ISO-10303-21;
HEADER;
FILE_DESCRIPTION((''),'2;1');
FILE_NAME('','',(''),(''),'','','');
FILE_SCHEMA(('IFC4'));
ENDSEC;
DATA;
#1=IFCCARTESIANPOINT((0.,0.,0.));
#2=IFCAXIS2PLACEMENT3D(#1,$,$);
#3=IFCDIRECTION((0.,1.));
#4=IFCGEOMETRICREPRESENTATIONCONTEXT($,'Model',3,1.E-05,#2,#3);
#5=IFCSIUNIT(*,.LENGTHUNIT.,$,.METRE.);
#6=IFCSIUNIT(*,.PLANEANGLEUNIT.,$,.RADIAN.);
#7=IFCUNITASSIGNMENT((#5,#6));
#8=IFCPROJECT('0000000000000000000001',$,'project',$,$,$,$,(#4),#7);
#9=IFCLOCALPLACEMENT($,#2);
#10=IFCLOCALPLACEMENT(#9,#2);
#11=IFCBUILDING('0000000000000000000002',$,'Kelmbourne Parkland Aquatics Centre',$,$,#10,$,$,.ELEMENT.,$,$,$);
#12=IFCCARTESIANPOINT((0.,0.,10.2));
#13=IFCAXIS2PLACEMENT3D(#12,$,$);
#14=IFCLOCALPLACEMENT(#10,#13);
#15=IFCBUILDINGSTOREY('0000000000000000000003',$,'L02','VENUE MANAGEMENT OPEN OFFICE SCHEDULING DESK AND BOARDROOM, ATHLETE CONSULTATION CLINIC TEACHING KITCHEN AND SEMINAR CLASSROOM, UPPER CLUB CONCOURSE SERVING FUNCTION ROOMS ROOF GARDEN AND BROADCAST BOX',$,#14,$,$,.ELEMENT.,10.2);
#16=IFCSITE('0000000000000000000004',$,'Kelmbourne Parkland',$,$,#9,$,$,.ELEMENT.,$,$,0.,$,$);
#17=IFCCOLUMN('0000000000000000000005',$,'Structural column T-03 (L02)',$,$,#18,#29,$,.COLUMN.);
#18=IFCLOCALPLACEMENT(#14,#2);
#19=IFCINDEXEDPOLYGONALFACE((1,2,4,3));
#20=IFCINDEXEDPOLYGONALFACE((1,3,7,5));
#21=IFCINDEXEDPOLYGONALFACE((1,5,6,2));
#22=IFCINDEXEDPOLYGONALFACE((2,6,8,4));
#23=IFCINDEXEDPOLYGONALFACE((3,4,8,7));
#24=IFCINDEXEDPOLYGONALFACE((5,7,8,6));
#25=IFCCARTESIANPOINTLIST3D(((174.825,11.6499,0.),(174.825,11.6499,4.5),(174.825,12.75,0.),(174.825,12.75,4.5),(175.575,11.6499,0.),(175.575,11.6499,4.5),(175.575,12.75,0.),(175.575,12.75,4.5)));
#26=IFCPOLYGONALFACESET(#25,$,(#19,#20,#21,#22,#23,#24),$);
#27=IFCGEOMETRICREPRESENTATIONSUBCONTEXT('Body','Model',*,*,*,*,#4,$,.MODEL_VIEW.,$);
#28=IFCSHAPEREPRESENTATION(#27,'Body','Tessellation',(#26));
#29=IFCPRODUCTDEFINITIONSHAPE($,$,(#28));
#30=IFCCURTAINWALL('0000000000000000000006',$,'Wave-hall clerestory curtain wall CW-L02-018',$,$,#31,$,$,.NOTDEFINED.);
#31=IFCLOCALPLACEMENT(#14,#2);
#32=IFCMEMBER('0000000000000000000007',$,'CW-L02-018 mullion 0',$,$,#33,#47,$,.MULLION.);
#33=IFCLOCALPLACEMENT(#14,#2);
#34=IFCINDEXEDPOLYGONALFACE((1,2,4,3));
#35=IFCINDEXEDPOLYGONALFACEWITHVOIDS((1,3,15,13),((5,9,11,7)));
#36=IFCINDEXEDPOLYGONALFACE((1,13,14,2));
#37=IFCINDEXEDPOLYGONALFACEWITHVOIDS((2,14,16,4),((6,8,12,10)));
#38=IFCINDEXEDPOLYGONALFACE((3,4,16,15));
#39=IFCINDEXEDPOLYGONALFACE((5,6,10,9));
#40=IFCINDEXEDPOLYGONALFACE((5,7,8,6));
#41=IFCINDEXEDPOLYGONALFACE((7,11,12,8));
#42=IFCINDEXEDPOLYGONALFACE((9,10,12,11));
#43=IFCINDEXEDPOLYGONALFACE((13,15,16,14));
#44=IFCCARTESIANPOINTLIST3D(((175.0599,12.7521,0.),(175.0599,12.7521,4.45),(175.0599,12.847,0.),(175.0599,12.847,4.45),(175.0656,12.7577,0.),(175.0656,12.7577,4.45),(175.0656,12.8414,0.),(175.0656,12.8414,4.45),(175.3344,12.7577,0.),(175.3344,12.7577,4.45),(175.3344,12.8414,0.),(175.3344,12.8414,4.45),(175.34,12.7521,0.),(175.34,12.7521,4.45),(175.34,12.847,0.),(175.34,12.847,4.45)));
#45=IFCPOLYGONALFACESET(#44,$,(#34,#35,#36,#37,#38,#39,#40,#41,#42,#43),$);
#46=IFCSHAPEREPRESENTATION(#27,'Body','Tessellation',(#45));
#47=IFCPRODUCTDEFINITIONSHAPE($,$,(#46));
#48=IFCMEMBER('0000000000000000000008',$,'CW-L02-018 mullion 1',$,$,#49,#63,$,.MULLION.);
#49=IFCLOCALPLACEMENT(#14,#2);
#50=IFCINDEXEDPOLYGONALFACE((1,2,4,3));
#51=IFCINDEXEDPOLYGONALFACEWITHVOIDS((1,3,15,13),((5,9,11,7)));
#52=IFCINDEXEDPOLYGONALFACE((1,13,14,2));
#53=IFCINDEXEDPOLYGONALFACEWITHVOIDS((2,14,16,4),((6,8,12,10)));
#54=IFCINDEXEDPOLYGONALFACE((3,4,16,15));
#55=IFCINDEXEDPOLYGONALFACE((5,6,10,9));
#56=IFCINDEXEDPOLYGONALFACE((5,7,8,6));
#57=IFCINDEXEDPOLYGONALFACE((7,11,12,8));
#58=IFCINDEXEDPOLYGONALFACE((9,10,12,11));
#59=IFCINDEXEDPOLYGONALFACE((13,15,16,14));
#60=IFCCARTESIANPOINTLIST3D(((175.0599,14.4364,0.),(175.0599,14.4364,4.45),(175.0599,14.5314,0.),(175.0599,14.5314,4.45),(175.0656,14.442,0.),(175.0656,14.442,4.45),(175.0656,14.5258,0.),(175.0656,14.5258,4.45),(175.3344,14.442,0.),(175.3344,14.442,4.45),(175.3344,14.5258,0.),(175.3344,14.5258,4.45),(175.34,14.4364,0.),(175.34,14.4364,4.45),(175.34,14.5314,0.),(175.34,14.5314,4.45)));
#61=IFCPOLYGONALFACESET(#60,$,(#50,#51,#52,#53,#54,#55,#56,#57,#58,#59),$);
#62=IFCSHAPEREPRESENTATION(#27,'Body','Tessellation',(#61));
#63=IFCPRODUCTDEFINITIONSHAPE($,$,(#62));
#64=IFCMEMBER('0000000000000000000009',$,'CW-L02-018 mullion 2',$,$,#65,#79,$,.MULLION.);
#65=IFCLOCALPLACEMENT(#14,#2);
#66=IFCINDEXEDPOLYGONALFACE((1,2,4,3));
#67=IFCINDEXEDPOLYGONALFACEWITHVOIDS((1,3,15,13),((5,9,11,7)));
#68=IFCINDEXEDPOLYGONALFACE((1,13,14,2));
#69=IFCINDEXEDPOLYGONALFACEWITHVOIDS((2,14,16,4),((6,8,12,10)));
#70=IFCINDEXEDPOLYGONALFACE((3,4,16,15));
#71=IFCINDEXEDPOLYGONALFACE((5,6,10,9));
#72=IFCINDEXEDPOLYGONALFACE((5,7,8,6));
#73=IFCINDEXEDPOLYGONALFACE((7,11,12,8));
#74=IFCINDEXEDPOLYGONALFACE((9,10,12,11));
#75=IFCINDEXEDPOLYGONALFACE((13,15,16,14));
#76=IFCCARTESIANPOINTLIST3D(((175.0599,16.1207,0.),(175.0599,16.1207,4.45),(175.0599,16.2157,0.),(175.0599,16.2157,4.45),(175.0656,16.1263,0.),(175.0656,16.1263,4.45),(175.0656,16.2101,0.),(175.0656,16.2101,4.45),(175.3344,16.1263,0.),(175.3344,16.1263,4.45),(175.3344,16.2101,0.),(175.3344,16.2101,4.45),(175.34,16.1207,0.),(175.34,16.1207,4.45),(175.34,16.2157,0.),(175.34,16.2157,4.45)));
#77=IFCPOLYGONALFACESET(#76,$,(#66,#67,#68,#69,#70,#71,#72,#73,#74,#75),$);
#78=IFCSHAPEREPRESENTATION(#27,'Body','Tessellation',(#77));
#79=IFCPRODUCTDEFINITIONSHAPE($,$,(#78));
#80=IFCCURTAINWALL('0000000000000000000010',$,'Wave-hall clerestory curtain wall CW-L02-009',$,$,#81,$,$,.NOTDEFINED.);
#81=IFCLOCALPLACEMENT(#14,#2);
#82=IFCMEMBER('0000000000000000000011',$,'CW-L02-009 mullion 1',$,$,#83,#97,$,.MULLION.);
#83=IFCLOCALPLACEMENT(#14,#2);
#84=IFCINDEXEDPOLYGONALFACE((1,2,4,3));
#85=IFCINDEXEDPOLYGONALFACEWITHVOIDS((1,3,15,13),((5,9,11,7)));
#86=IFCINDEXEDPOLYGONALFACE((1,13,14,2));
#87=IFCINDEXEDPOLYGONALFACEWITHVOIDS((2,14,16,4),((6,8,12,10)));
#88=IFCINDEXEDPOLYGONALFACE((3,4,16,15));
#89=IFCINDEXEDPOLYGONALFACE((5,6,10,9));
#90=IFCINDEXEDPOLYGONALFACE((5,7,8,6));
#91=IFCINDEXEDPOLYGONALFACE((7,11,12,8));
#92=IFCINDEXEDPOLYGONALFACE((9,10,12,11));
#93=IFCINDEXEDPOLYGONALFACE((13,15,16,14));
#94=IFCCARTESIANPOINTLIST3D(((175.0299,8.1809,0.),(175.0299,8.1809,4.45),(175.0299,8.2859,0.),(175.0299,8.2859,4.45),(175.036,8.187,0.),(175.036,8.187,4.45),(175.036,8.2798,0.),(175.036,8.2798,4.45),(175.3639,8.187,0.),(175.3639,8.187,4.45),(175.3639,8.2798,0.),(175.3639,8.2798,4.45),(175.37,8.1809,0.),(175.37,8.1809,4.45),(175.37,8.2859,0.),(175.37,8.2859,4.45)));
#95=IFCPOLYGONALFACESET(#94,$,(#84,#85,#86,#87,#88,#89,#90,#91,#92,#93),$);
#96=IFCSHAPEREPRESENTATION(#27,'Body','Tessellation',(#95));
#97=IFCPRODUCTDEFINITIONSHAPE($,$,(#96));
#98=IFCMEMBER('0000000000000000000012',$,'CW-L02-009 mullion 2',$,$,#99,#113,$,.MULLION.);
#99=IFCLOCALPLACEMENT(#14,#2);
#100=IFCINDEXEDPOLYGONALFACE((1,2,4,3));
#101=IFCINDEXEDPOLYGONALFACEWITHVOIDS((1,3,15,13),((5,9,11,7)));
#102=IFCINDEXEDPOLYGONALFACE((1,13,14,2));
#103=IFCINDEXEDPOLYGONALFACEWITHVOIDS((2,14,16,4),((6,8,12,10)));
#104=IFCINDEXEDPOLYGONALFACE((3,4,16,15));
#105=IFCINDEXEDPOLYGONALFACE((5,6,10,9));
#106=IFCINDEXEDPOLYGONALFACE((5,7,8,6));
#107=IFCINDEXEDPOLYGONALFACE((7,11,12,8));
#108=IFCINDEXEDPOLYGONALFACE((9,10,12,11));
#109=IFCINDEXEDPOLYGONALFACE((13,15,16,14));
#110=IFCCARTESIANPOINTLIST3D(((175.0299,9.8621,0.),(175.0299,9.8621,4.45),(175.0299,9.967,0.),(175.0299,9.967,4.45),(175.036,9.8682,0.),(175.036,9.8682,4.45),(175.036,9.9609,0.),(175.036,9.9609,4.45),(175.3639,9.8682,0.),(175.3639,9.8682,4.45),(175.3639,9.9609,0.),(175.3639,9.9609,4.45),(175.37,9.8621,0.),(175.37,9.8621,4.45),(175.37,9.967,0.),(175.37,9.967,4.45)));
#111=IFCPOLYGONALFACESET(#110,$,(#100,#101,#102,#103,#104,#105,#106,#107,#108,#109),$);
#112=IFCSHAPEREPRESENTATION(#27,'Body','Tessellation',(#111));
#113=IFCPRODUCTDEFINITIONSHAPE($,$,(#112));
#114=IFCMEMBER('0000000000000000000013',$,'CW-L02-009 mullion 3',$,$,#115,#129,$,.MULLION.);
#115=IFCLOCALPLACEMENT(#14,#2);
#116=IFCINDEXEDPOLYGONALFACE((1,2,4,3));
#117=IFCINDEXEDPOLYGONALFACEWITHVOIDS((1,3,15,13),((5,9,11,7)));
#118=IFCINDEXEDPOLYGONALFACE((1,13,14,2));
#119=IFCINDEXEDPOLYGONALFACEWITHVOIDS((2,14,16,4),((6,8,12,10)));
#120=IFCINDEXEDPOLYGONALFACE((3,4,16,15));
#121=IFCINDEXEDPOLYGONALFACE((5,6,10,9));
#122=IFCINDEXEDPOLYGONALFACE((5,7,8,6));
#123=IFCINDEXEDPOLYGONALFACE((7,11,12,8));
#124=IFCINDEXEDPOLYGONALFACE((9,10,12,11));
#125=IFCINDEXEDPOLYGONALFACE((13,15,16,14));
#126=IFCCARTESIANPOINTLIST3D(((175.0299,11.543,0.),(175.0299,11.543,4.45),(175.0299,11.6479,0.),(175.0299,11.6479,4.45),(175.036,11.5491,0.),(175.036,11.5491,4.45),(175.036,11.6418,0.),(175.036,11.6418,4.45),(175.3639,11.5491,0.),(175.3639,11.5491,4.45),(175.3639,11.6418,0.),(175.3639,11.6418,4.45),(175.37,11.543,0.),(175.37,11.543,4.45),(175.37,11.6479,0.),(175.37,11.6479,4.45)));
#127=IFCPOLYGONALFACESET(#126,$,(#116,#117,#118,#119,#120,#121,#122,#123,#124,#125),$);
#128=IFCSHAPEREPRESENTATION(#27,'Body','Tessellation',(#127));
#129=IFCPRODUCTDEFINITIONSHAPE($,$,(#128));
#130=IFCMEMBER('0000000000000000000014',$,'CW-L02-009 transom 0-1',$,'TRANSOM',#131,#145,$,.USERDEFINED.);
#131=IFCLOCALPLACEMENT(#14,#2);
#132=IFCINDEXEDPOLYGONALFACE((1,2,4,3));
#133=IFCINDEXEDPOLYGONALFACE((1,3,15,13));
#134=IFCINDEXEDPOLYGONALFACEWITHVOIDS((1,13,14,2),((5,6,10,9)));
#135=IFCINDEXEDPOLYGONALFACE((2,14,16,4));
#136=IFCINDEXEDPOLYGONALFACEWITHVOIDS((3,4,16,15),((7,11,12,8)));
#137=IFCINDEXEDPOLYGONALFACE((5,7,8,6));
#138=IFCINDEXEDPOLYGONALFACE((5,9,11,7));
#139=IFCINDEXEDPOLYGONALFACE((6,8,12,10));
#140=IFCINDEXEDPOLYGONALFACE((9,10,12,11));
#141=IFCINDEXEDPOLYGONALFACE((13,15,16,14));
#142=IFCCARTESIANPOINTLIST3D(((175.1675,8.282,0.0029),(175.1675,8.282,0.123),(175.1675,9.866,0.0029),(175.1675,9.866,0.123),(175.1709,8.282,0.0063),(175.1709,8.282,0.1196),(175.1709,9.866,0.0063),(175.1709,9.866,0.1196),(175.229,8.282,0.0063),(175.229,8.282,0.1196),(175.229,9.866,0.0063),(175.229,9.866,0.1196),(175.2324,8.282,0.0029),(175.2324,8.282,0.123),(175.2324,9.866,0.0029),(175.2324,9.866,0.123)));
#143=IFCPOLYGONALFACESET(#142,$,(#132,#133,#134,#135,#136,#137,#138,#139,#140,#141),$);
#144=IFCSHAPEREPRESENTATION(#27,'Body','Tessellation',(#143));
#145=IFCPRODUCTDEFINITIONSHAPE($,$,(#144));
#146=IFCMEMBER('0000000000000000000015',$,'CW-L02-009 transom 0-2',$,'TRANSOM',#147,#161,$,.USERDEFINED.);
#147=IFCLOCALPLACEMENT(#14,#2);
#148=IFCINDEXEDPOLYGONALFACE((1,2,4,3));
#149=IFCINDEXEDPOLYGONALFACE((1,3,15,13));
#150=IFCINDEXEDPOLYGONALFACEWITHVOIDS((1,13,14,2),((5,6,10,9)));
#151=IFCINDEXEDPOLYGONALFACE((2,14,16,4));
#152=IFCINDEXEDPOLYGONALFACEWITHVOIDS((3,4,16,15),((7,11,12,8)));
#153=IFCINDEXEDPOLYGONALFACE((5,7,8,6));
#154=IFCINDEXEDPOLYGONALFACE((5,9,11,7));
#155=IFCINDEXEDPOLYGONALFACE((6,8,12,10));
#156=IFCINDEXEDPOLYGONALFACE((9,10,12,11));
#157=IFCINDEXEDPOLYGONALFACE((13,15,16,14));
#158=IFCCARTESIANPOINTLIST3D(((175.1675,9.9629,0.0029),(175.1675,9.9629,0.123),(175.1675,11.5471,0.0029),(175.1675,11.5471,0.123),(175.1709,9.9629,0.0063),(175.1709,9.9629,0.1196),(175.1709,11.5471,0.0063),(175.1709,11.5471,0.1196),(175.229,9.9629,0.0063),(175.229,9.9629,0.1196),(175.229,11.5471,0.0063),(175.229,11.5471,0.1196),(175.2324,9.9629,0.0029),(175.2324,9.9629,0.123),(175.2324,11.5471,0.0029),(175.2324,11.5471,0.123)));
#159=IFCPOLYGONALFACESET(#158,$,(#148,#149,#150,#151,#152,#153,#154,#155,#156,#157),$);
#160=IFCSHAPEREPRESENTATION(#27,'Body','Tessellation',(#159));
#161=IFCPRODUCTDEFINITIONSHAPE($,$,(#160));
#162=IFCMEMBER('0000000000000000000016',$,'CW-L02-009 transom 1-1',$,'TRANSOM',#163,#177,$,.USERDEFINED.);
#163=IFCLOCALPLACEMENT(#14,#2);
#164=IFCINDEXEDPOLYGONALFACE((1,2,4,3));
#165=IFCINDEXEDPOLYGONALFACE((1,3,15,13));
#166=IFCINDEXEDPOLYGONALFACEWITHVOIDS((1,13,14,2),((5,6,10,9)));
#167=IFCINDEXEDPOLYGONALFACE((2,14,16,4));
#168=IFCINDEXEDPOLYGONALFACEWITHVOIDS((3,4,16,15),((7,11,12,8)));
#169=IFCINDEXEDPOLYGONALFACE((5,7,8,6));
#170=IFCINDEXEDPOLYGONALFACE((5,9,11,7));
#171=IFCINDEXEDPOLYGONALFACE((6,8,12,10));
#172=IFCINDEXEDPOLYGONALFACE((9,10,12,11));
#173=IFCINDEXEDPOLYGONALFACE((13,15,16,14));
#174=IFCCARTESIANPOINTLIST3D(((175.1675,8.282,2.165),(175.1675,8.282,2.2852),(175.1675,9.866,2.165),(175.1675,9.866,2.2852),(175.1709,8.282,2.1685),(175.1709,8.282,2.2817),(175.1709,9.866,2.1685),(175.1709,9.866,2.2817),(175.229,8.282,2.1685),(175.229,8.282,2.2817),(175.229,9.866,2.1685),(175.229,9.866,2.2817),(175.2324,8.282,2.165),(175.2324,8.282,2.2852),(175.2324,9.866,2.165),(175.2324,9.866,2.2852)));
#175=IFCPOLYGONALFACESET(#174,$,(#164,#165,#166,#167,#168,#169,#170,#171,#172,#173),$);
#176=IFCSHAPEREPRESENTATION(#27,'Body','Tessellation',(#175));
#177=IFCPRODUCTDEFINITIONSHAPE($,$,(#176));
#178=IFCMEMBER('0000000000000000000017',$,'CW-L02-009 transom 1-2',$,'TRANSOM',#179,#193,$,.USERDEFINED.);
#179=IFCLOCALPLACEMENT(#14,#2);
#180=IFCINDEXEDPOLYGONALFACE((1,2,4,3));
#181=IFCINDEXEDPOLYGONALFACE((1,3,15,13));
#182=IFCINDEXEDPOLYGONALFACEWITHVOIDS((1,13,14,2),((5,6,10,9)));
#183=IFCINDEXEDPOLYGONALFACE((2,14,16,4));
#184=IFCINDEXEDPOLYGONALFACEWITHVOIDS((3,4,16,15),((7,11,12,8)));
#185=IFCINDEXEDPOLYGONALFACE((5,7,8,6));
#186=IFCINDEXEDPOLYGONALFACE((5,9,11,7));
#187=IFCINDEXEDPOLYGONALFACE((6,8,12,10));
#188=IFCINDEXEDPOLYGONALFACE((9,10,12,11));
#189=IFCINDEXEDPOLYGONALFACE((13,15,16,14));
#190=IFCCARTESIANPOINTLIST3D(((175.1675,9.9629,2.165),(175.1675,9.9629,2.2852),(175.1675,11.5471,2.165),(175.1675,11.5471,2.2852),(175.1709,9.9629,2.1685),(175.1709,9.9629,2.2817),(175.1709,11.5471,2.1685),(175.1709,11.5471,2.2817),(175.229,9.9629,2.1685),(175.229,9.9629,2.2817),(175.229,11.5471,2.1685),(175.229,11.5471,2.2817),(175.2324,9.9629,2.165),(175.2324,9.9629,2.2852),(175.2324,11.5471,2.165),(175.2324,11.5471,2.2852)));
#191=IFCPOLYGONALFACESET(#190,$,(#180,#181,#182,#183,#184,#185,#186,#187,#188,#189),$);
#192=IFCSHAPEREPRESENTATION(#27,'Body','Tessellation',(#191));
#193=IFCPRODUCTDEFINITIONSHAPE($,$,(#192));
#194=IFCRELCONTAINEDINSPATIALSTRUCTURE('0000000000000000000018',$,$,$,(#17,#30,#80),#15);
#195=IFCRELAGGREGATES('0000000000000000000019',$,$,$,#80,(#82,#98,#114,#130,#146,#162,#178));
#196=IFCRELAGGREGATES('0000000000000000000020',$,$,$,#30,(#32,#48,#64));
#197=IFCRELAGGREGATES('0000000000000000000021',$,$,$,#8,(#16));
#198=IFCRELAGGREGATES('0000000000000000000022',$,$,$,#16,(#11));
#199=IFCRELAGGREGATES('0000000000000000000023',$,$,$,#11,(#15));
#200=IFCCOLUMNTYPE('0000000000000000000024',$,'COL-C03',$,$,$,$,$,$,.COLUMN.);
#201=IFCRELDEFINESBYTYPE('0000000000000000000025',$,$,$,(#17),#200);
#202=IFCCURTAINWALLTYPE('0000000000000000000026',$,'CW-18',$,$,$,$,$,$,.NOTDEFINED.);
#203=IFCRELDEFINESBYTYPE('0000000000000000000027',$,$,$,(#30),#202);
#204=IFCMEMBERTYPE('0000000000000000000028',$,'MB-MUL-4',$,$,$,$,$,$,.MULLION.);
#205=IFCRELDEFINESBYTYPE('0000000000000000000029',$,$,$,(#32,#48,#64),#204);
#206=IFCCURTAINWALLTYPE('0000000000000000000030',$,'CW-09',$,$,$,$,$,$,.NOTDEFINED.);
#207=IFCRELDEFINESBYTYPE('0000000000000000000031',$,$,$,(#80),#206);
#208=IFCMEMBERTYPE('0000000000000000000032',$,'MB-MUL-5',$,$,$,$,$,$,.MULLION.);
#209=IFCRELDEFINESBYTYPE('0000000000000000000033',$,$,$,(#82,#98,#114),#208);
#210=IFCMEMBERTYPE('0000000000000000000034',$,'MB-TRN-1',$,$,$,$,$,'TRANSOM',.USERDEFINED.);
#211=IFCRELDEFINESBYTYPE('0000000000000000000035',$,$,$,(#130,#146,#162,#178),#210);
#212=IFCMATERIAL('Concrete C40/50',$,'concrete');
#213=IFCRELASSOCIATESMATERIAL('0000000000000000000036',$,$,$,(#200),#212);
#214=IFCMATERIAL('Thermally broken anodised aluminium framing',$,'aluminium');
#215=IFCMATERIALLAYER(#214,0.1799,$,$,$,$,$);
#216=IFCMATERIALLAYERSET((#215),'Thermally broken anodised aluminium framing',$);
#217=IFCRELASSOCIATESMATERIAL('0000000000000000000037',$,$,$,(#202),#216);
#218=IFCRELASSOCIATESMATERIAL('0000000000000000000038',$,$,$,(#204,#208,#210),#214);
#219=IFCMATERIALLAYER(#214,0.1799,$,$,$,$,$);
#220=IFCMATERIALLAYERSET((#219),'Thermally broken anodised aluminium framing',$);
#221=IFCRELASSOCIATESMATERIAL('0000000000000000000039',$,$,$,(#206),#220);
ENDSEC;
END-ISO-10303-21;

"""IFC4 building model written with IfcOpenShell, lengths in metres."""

from ifc_helpers import new_model, si_unit, direction, frame, origin, origin_2d, place, context, subcontext, project, spatial, rectangle, hollow_rectangle, extrude, material, layer, layer_set, material_profile, profile_set, type_object, element, aggregate, save


model = new_model("IFC4")

# Units and contexts
model_context = context("Model", 3, precision=1e-05, world=origin(), true_north=direction((0.0, 1.0)))
body_context = subcontext(model_context, "Body", "Model", "MODEL_VIEW")
ifc_project = project(units=[si_unit("LENGTHUNIT", "METRE"), si_unit("PLANEANGLEUNIT", "RADIAN")], contexts=[model_context])

# Site, building, storey
site_placement = place(None, origin())
site = spatial("IfcSite", under=ifc_project, at=site_placement, Name="Kelmbourne Parkland", CompositionType="ELEMENT", RefElevation=0.0)
building_placement = place(site_placement, origin())
building = spatial("IfcBuilding", under=site, at=building_placement, Name="Kelmbourne Parkland Aquatics Centre", CompositionType="ELEMENT")
storey_placement = place(building_placement, frame((0.0, 0.0, 10.2)))
storey = spatial("IfcBuildingStorey", under=building, at=storey_placement, Name="L02", Description="VENUE MANAGEMENT OPEN OFFICE SCHEDULING DESK AND BOARDROOM, ATHLETE CONSULTATION CLINIC TEACHING KITCHEN AND SEMINAR CLASSROOM, UPPER CLUB CONCOURSE SERVING FUNCTION ROOMS ROOF GARDEN AND BROADCAST BOX", CompositionType="ELEMENT", Elevation=10.2)

# Column
ifc_material_1 = material(Name="Concrete C40/50", Category="concrete")
ifc_material_profile_1 = material_profile(ifc_material_1, rectangle(XDim=0.75, YDim=1.1001, at=origin_2d()), Name="RC 750x1100")
ifc_profile_set_1 = profile_set([ifc_material_profile_1], Name="Concrete C40/50")
column_type = type_object("IfcColumnType", Name="COL-C03", PredefinedType="COLUMN", material=ifc_profile_set_1)
column_placement = place(storey_placement, frame((175.2, 12.2, 0.0), z_axis=(0.0, 0.0, 1.0), x_axis=(1.0, 0.0, 0.0)))
element("IfcColumn", 1, at=column_placement, inside=storey, type_object=column_type, Name="Structural column T-03 (L02)", PredefinedType="COLUMN", context=body_context, shape_type="SweptSolid", body=[
    extrude(rectangle(XDim=0.75, YDim=1.1001, at=origin_2d()), origin(), (0.0, 0.0, 1.0), 4.5),
])

# Curtain walls, members
ifc_material_2 = material(Name="Thermally broken anodised aluminium framing", Category="aluminium")
ifc_layer_1 = layer(ifc_material_2, 0.1799)
ifc_layer_set_1 = layer_set([ifc_layer_1], Name="Thermally broken anodised aluminium framing")
curtain_wall_type_1 = type_object("IfcCurtainWallType", Name="CW-18", PredefinedType="NOTDEFINED", material=ifc_layer_set_1)
curtain_wall_1_placement = place(storey_placement, origin())
curtain_wall_1 = element("IfcCurtainWall", 2, at=curtain_wall_1_placement, inside=storey, type_object=curtain_wall_type_1, Name="Wave-hall clerestory curtain wall CW-L02-018", PredefinedType="NOTDEFINED")
ifc_material_profile_2 = material_profile(ifc_material_2, hollow_rectangle(XDim=0.095, YDim=0.28, WallThickness=0.0056, at=origin_2d()), Name="CW-M 95x280")
ifc_profile_set_2 = profile_set([ifc_material_profile_2], Name="Thermally broken anodised aluminium framing")
member_type_1 = type_object("IfcMemberType", Name="MB-MUL-4", PredefinedType="MULLION", material=ifc_profile_set_2)
member_1_placement = place(storey_placement, frame((175.2, 12.7996, 0.0), z_axis=(0.0, 0.0, 1.0), x_axis=(0.0, 1.0, 0.0)))
member_1 = element("IfcMember", 3, at=member_1_placement, type_object=member_type_1, Name="CW-L02-018 mullion 0", PredefinedType="MULLION", context=body_context, shape_type="SweptSolid", body=[
    extrude(hollow_rectangle(XDim=0.095, YDim=0.28, WallThickness=0.0056, at=origin_2d()), origin(), (0.0, 0.0, 1.0), 4.45),
])
member_2_placement = place(storey_placement, frame((175.2, 14.4839, 0.0), z_axis=(0.0, 0.0, 1.0), x_axis=(0.0, 1.0, 0.0)))
member_2 = element("IfcMember", 4, at=member_2_placement, type_object=member_type_1, Name="CW-L02-018 mullion 1", PredefinedType="MULLION", context=body_context, shape_type="SweptSolid", body=[
    extrude(hollow_rectangle(XDim=0.095, YDim=0.28, WallThickness=0.0056, at=origin_2d()), origin(), (0.0, 0.0, 1.0), 4.45),
])
member_3_placement = place(storey_placement, frame((175.2, 16.1682, 0.0), z_axis=(0.0, 0.0, 1.0), x_axis=(0.0, 1.0, 0.0)))
member_3 = element("IfcMember", 5, at=member_3_placement, type_object=member_type_1, Name="CW-L02-018 mullion 2", PredefinedType="MULLION", context=body_context, shape_type="SweptSolid", body=[
    extrude(hollow_rectangle(XDim=0.095, YDim=0.28, WallThickness=0.0056, at=origin_2d()), origin(), (0.0, 0.0, 1.0), 4.45),
])
ifc_layer_2 = layer(ifc_material_2, 0.1799)
ifc_layer_set_2 = layer_set([ifc_layer_2], Name="Thermally broken anodised aluminium framing")
curtain_wall_type_2 = type_object("IfcCurtainWallType", Name="CW-09", PredefinedType="NOTDEFINED", material=ifc_layer_set_2)
curtain_wall_2_placement = place(storey_placement, origin())
curtain_wall_2 = element("IfcCurtainWall", 6, at=curtain_wall_2_placement, inside=storey, type_object=curtain_wall_type_2, Name="Wave-hall clerestory curtain wall CW-L02-009", PredefinedType="NOTDEFINED")
ifc_material_profile_3 = material_profile(ifc_material_2, hollow_rectangle(XDim=0.105, YDim=0.3401, WallThickness=0.0061, at=origin_2d()), Name="CW-M 105x340")
ifc_profile_set_3 = profile_set([ifc_material_profile_3], Name="Thermally broken anodised aluminium framing")
member_type_2 = type_object("IfcMemberType", Name="MB-MUL-5", PredefinedType="MULLION", material=ifc_profile_set_3)
member_4_placement = place(storey_placement, frame((175.2, 8.2334, 0.0), z_axis=(0.0, 0.0, 1.0), x_axis=(0.0, 1.0, 0.0)))
member_4 = element("IfcMember", 7, at=member_4_placement, type_object=member_type_2, Name="CW-L02-009 mullion 1", PredefinedType="MULLION", context=body_context, shape_type="SweptSolid", body=[
    extrude(hollow_rectangle(XDim=0.105, YDim=0.3401, WallThickness=0.0061, at=origin_2d()), origin(), (0.0, 0.0, 1.0), 4.45),
])
member_5_placement = place(storey_placement, frame((175.2, 9.9146, 0.0), z_axis=(0.0, 0.0, 1.0), x_axis=(0.0, 1.0, 0.0)))
member_5 = element("IfcMember", 8, at=member_5_placement, type_object=member_type_2, Name="CW-L02-009 mullion 2", PredefinedType="MULLION", context=body_context, shape_type="SweptSolid", body=[
    extrude(hollow_rectangle(XDim=0.105, YDim=0.3401, WallThickness=0.0061, at=origin_2d()), origin(), (0.0, 0.0, 1.0), 4.45),
])
member_6_placement = place(storey_placement, frame((175.2, 11.5955, 0.0), z_axis=(0.0, 0.0, 1.0), x_axis=(0.0, 1.0, 0.0)))
member_6 = element("IfcMember", 9, at=member_6_placement, type_object=member_type_2, Name="CW-L02-009 mullion 3", PredefinedType="MULLION", context=body_context, shape_type="SweptSolid", body=[
    extrude(hollow_rectangle(XDim=0.105, YDim=0.3401, WallThickness=0.0061, at=origin_2d()), origin(), (0.0, 0.0, 1.0), 4.45),
])
ifc_material_profile_4 = material_profile(ifc_material_2, hollow_rectangle(XDim=0.0649, YDim=0.1201, WallThickness=0.0034, at=origin_2d()), Name="CW-T 65x120")
ifc_profile_set_4 = profile_set([ifc_material_profile_4], Name="Thermally broken anodised aluminium framing")
member_type_3 = type_object("IfcMemberType", Name="MB-TRN-1", ElementType="TRANSOM", PredefinedType="USERDEFINED", material=ifc_profile_set_4)
member_7_placement = place(storey_placement, frame((175.2, 8.282, 0.063), z_axis=(0.0, 1.0, 0.0), x_axis=(-1.0, 0.0, 0.0)))
member_7 = element("IfcMember", 10, at=member_7_placement, type_object=member_type_3, Name="CW-L02-009 transom 0-1", ObjectType="TRANSOM", PredefinedType="USERDEFINED", context=body_context, shape_type="SweptSolid", body=[
    extrude(hollow_rectangle(XDim=0.0649, YDim=0.1201, WallThickness=0.0034, at=origin_2d()), origin(), (0.0, 0.0, 1.0), 1.584),
])
member_8_placement = place(storey_placement, frame((175.2, 9.9629, 0.063), z_axis=(0.0, 1.0, 0.0), x_axis=(-1.0, 0.0, 0.0)))
member_8 = element("IfcMember", 11, at=member_8_placement, type_object=member_type_3, Name="CW-L02-009 transom 0-2", ObjectType="TRANSOM", PredefinedType="USERDEFINED", context=body_context, shape_type="SweptSolid", body=[
    extrude(hollow_rectangle(XDim=0.0649, YDim=0.1201, WallThickness=0.0034, at=origin_2d()), origin(), (0.0, 0.0, 1.0), 1.5842),
])
member_9_placement = place(storey_placement, frame((175.2, 8.282, 2.2251), z_axis=(0.0, 1.0, 0.0), x_axis=(-1.0, 0.0, 0.0)))
member_9 = element("IfcMember", 12, at=member_9_placement, type_object=member_type_3, Name="CW-L02-009 transom 1-1", ObjectType="TRANSOM", PredefinedType="USERDEFINED", context=body_context, shape_type="SweptSolid", body=[
    extrude(hollow_rectangle(XDim=0.0649, YDim=0.1201, WallThickness=0.0034, at=origin_2d()), origin(), (0.0, 0.0, 1.0), 1.584),
])
member_10_placement = place(storey_placement, frame((175.2, 9.9629, 2.2251), z_axis=(0.0, 1.0, 0.0), x_axis=(-1.0, 0.0, 0.0)))
member_10 = element("IfcMember", 13, at=member_10_placement, type_object=member_type_3, Name="CW-L02-009 transom 1-2", ObjectType="TRANSOM", PredefinedType="USERDEFINED", context=body_context, shape_type="SweptSolid", body=[
    extrude(hollow_rectangle(XDim=0.0649, YDim=0.1201, WallThickness=0.0034, at=origin_2d()), origin(), (0.0, 0.0, 1.0), 1.5842),
])

aggregate(curtain_wall_2, [member_4, member_5, member_6, member_7, member_8, member_9, member_10])
aggregate(curtain_wall_1, [member_1, member_2, member_3])

save(model, "model.ifc")
